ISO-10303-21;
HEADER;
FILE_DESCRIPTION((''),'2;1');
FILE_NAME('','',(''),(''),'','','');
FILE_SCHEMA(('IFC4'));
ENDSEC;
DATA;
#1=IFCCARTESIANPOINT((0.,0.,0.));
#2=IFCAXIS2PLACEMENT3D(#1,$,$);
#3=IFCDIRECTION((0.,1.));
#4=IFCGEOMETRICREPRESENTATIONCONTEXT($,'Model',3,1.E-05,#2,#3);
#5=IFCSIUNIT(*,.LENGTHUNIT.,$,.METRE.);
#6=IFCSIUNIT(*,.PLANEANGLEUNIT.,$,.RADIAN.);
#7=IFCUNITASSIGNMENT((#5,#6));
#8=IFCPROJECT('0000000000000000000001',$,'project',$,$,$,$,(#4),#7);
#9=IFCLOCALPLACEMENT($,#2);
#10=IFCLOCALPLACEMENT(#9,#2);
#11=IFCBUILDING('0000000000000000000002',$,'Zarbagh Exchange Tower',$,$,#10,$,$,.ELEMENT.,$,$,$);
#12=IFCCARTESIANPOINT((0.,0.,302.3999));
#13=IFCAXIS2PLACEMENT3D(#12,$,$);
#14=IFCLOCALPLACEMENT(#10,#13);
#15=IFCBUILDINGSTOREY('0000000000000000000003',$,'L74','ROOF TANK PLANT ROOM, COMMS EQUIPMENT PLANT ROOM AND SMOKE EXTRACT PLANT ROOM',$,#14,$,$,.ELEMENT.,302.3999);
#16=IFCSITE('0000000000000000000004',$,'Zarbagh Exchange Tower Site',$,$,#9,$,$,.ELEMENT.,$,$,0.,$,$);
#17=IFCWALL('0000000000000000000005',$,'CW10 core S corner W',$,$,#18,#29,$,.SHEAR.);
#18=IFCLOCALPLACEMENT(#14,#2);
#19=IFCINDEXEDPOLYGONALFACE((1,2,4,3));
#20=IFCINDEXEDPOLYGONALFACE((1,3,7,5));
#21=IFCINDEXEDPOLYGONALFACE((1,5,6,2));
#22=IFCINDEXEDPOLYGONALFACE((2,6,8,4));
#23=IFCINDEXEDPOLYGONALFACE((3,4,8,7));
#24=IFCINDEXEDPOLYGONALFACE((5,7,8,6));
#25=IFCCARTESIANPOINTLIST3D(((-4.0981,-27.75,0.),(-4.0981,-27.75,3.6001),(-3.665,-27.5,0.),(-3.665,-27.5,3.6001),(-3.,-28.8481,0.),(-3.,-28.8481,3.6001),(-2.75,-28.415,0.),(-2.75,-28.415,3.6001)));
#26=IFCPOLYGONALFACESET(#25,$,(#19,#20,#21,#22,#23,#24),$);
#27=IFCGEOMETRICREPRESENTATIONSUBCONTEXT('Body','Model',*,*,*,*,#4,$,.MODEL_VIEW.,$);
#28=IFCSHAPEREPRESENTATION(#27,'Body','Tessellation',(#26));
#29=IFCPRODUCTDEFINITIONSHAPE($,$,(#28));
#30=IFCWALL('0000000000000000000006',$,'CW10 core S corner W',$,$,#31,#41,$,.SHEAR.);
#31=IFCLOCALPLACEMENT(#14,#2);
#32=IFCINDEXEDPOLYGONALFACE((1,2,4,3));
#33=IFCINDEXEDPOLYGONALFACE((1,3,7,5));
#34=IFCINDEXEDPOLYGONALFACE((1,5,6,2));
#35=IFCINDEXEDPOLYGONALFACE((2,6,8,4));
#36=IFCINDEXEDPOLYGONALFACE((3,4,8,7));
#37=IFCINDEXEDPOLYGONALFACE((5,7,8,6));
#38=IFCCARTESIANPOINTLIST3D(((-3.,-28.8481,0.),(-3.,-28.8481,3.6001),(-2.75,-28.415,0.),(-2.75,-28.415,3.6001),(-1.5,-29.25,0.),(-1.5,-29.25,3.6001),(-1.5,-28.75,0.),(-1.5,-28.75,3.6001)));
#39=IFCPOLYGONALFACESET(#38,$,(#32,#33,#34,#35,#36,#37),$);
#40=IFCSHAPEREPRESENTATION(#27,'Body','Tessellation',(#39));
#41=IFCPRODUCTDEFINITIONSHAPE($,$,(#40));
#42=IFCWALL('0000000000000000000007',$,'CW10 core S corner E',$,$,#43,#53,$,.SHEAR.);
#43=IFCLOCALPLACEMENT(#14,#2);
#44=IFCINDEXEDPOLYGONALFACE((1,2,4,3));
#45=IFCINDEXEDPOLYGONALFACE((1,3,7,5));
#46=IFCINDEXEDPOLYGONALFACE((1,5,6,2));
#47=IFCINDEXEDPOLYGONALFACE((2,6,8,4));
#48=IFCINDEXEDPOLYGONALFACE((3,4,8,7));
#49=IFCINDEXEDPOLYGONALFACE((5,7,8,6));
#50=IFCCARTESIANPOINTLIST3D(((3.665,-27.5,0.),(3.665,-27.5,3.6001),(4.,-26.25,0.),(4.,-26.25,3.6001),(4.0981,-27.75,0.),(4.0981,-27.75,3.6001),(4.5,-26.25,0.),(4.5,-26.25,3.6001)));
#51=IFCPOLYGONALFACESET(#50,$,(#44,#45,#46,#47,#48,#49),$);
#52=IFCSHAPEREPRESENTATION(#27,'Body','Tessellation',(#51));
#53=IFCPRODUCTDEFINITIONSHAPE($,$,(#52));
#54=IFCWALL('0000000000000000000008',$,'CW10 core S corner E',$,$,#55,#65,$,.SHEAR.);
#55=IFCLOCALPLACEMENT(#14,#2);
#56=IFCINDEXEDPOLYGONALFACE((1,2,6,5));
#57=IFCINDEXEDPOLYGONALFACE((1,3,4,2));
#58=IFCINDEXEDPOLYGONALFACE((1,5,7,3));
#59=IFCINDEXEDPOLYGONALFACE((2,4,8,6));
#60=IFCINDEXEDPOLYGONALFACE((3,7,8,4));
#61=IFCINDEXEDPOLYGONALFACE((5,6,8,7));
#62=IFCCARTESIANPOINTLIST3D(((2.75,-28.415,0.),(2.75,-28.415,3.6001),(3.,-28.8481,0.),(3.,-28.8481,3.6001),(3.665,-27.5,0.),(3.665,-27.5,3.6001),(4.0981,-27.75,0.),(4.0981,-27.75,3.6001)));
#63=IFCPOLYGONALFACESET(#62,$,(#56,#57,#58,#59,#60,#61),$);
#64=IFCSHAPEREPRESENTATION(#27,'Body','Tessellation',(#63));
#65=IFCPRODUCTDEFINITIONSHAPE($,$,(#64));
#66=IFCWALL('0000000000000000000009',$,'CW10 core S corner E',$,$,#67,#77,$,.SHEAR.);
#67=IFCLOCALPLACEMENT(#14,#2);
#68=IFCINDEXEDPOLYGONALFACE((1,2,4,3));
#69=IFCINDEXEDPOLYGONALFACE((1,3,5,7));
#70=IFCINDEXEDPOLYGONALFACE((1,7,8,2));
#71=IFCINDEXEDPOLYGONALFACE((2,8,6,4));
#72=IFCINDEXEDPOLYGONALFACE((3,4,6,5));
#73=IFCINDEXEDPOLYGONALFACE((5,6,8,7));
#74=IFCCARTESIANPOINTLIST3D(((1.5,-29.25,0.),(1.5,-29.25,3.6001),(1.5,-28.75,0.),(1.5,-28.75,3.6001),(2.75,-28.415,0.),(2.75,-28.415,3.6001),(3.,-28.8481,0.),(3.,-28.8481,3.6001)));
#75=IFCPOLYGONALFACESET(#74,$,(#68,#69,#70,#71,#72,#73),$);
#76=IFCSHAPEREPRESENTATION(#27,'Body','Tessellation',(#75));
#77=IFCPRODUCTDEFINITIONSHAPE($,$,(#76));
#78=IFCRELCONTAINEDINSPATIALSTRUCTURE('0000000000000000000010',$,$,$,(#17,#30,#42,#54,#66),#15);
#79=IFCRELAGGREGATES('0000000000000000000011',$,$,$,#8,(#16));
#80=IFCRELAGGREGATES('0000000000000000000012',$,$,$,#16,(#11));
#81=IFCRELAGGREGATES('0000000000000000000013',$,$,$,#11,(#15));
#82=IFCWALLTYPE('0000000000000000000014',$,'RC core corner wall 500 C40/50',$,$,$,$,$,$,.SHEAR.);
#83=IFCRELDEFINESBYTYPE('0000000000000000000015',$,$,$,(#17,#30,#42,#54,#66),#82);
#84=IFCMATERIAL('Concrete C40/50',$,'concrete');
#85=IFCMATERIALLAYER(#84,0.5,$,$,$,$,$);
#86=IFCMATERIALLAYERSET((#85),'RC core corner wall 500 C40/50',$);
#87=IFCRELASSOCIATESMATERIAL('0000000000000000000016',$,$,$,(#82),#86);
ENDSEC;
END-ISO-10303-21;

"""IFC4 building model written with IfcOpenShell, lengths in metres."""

from ifc_helpers import new_model, si_unit, direction, frame, origin, place, context, subcontext, project, spatial, polyline, outline, extrude, material, layer, layer_set, type_object, element, save


model = new_model("IFC4")

# Units and contexts
model_context = context("Model", 3, precision=1e-05, world=origin(), true_north=direction((0.0, 1.0)))
body_context = subcontext(model_context, "Body", "Model", "MODEL_VIEW")
ifc_project = project(units=[si_unit("LENGTHUNIT", "METRE"), si_unit("PLANEANGLEUNIT", "RADIAN")], contexts=[model_context])

# Site, building, storey
site_placement = place(None, origin())
site = spatial("IfcSite", under=ifc_project, at=site_placement, Name="Zarbagh Exchange Tower Site", CompositionType="ELEMENT", RefElevation=0.0)
building_placement = place(site_placement, origin())
building = spatial("IfcBuilding", under=site, at=building_placement, Name="Zarbagh Exchange Tower", CompositionType="ELEMENT")
storey_placement = place(building_placement, frame((0.0, 0.0, 302.3999)))
storey = spatial("IfcBuildingStorey", under=building, at=storey_placement, Name="L74", Description="ROOF TANK PLANT ROOM, COMMS EQUIPMENT PLANT ROOM AND SMOKE EXTRACT PLANT ROOM", CompositionType="ELEMENT", Elevation=302.3999)

# Shared definitions
ifc_material_1 = material(Name="Concrete C40/50", Category="concrete")

# Walls
ifc_layer_1 = layer(ifc_material_1, 0.5)
ifc_layer_set_1 = layer_set([ifc_layer_1], Name="RC core corner wall 500 C40/50")
wall_type = type_object("IfcWallType", Name="RC core corner wall 500 C40/50", PredefinedType="SHEAR", material=ifc_layer_set_1)
wall_1_placement = place(storey_placement, origin())
element("IfcWall", 1, at=wall_1_placement, inside=storey, type_object=wall_type, Name="CW10 core S corner W", PredefinedType="SHEAR", context=body_context, shape_type="SweptSolid", body=[
    extrude(outline(polyline([(-4.0981, -27.75), (-3.0, -28.8481), (-2.75, -28.415), (-3.665, -27.5), (-4.0981, -27.75)])), origin(), (0.0, 0.0, 1.0), 3.6001),
])
wall_2_placement = place(storey_placement, origin())
element("IfcWall", 2, at=wall_2_placement, inside=storey, type_object=wall_type, Name="CW10 core S corner W", PredefinedType="SHEAR", context=body_context, shape_type="SweptSolid", body=[
    extrude(outline(polyline([(-3.0, -28.8481), (-1.5, -29.25), (-1.5, -28.75), (-2.75, -28.415), (-3.0, -28.8481)])), origin(), (0.0, 0.0, 1.0), 3.6001),
])
wall_3_placement = place(storey_placement, origin())
element("IfcWall", 3, at=wall_3_placement, inside=storey, type_object=wall_type, Name="CW10 core S corner E", PredefinedType="SHEAR", context=body_context, shape_type="SweptSolid", body=[
    extrude(outline(polyline([(4.5, -26.25), (4.0981, -27.75), (3.665, -27.5), (4.0, -26.25), (4.5, -26.25)])), origin(), (0.0, 0.0, 1.0), 3.6001),
])
wall_4_placement = place(storey_placement, origin())
element("IfcWall", 4, at=wall_4_placement, inside=storey, type_object=wall_type, Name="CW10 core S corner E", PredefinedType="SHEAR", context=body_context, shape_type="SweptSolid", body=[
    extrude(outline(polyline([(4.0981, -27.75), (3.0, -28.8481), (2.75, -28.415), (3.665, -27.5), (4.0981, -27.75)])), origin(), (0.0, 0.0, 1.0), 3.6001),
])
wall_5_placement = place(storey_placement, origin())
element("IfcWall", 5, at=wall_5_placement, inside=storey, type_object=wall_type, Name="CW10 core S corner E", PredefinedType="SHEAR", context=body_context, shape_type="SweptSolid", body=[
    extrude(outline(polyline([(3.0, -28.8481), (1.5, -29.25), (1.5, -28.75), (2.75, -28.415), (3.0, -28.8481)])), origin(), (0.0, 0.0, 1.0), 3.6001),
])

save(model, "model.ifc")
